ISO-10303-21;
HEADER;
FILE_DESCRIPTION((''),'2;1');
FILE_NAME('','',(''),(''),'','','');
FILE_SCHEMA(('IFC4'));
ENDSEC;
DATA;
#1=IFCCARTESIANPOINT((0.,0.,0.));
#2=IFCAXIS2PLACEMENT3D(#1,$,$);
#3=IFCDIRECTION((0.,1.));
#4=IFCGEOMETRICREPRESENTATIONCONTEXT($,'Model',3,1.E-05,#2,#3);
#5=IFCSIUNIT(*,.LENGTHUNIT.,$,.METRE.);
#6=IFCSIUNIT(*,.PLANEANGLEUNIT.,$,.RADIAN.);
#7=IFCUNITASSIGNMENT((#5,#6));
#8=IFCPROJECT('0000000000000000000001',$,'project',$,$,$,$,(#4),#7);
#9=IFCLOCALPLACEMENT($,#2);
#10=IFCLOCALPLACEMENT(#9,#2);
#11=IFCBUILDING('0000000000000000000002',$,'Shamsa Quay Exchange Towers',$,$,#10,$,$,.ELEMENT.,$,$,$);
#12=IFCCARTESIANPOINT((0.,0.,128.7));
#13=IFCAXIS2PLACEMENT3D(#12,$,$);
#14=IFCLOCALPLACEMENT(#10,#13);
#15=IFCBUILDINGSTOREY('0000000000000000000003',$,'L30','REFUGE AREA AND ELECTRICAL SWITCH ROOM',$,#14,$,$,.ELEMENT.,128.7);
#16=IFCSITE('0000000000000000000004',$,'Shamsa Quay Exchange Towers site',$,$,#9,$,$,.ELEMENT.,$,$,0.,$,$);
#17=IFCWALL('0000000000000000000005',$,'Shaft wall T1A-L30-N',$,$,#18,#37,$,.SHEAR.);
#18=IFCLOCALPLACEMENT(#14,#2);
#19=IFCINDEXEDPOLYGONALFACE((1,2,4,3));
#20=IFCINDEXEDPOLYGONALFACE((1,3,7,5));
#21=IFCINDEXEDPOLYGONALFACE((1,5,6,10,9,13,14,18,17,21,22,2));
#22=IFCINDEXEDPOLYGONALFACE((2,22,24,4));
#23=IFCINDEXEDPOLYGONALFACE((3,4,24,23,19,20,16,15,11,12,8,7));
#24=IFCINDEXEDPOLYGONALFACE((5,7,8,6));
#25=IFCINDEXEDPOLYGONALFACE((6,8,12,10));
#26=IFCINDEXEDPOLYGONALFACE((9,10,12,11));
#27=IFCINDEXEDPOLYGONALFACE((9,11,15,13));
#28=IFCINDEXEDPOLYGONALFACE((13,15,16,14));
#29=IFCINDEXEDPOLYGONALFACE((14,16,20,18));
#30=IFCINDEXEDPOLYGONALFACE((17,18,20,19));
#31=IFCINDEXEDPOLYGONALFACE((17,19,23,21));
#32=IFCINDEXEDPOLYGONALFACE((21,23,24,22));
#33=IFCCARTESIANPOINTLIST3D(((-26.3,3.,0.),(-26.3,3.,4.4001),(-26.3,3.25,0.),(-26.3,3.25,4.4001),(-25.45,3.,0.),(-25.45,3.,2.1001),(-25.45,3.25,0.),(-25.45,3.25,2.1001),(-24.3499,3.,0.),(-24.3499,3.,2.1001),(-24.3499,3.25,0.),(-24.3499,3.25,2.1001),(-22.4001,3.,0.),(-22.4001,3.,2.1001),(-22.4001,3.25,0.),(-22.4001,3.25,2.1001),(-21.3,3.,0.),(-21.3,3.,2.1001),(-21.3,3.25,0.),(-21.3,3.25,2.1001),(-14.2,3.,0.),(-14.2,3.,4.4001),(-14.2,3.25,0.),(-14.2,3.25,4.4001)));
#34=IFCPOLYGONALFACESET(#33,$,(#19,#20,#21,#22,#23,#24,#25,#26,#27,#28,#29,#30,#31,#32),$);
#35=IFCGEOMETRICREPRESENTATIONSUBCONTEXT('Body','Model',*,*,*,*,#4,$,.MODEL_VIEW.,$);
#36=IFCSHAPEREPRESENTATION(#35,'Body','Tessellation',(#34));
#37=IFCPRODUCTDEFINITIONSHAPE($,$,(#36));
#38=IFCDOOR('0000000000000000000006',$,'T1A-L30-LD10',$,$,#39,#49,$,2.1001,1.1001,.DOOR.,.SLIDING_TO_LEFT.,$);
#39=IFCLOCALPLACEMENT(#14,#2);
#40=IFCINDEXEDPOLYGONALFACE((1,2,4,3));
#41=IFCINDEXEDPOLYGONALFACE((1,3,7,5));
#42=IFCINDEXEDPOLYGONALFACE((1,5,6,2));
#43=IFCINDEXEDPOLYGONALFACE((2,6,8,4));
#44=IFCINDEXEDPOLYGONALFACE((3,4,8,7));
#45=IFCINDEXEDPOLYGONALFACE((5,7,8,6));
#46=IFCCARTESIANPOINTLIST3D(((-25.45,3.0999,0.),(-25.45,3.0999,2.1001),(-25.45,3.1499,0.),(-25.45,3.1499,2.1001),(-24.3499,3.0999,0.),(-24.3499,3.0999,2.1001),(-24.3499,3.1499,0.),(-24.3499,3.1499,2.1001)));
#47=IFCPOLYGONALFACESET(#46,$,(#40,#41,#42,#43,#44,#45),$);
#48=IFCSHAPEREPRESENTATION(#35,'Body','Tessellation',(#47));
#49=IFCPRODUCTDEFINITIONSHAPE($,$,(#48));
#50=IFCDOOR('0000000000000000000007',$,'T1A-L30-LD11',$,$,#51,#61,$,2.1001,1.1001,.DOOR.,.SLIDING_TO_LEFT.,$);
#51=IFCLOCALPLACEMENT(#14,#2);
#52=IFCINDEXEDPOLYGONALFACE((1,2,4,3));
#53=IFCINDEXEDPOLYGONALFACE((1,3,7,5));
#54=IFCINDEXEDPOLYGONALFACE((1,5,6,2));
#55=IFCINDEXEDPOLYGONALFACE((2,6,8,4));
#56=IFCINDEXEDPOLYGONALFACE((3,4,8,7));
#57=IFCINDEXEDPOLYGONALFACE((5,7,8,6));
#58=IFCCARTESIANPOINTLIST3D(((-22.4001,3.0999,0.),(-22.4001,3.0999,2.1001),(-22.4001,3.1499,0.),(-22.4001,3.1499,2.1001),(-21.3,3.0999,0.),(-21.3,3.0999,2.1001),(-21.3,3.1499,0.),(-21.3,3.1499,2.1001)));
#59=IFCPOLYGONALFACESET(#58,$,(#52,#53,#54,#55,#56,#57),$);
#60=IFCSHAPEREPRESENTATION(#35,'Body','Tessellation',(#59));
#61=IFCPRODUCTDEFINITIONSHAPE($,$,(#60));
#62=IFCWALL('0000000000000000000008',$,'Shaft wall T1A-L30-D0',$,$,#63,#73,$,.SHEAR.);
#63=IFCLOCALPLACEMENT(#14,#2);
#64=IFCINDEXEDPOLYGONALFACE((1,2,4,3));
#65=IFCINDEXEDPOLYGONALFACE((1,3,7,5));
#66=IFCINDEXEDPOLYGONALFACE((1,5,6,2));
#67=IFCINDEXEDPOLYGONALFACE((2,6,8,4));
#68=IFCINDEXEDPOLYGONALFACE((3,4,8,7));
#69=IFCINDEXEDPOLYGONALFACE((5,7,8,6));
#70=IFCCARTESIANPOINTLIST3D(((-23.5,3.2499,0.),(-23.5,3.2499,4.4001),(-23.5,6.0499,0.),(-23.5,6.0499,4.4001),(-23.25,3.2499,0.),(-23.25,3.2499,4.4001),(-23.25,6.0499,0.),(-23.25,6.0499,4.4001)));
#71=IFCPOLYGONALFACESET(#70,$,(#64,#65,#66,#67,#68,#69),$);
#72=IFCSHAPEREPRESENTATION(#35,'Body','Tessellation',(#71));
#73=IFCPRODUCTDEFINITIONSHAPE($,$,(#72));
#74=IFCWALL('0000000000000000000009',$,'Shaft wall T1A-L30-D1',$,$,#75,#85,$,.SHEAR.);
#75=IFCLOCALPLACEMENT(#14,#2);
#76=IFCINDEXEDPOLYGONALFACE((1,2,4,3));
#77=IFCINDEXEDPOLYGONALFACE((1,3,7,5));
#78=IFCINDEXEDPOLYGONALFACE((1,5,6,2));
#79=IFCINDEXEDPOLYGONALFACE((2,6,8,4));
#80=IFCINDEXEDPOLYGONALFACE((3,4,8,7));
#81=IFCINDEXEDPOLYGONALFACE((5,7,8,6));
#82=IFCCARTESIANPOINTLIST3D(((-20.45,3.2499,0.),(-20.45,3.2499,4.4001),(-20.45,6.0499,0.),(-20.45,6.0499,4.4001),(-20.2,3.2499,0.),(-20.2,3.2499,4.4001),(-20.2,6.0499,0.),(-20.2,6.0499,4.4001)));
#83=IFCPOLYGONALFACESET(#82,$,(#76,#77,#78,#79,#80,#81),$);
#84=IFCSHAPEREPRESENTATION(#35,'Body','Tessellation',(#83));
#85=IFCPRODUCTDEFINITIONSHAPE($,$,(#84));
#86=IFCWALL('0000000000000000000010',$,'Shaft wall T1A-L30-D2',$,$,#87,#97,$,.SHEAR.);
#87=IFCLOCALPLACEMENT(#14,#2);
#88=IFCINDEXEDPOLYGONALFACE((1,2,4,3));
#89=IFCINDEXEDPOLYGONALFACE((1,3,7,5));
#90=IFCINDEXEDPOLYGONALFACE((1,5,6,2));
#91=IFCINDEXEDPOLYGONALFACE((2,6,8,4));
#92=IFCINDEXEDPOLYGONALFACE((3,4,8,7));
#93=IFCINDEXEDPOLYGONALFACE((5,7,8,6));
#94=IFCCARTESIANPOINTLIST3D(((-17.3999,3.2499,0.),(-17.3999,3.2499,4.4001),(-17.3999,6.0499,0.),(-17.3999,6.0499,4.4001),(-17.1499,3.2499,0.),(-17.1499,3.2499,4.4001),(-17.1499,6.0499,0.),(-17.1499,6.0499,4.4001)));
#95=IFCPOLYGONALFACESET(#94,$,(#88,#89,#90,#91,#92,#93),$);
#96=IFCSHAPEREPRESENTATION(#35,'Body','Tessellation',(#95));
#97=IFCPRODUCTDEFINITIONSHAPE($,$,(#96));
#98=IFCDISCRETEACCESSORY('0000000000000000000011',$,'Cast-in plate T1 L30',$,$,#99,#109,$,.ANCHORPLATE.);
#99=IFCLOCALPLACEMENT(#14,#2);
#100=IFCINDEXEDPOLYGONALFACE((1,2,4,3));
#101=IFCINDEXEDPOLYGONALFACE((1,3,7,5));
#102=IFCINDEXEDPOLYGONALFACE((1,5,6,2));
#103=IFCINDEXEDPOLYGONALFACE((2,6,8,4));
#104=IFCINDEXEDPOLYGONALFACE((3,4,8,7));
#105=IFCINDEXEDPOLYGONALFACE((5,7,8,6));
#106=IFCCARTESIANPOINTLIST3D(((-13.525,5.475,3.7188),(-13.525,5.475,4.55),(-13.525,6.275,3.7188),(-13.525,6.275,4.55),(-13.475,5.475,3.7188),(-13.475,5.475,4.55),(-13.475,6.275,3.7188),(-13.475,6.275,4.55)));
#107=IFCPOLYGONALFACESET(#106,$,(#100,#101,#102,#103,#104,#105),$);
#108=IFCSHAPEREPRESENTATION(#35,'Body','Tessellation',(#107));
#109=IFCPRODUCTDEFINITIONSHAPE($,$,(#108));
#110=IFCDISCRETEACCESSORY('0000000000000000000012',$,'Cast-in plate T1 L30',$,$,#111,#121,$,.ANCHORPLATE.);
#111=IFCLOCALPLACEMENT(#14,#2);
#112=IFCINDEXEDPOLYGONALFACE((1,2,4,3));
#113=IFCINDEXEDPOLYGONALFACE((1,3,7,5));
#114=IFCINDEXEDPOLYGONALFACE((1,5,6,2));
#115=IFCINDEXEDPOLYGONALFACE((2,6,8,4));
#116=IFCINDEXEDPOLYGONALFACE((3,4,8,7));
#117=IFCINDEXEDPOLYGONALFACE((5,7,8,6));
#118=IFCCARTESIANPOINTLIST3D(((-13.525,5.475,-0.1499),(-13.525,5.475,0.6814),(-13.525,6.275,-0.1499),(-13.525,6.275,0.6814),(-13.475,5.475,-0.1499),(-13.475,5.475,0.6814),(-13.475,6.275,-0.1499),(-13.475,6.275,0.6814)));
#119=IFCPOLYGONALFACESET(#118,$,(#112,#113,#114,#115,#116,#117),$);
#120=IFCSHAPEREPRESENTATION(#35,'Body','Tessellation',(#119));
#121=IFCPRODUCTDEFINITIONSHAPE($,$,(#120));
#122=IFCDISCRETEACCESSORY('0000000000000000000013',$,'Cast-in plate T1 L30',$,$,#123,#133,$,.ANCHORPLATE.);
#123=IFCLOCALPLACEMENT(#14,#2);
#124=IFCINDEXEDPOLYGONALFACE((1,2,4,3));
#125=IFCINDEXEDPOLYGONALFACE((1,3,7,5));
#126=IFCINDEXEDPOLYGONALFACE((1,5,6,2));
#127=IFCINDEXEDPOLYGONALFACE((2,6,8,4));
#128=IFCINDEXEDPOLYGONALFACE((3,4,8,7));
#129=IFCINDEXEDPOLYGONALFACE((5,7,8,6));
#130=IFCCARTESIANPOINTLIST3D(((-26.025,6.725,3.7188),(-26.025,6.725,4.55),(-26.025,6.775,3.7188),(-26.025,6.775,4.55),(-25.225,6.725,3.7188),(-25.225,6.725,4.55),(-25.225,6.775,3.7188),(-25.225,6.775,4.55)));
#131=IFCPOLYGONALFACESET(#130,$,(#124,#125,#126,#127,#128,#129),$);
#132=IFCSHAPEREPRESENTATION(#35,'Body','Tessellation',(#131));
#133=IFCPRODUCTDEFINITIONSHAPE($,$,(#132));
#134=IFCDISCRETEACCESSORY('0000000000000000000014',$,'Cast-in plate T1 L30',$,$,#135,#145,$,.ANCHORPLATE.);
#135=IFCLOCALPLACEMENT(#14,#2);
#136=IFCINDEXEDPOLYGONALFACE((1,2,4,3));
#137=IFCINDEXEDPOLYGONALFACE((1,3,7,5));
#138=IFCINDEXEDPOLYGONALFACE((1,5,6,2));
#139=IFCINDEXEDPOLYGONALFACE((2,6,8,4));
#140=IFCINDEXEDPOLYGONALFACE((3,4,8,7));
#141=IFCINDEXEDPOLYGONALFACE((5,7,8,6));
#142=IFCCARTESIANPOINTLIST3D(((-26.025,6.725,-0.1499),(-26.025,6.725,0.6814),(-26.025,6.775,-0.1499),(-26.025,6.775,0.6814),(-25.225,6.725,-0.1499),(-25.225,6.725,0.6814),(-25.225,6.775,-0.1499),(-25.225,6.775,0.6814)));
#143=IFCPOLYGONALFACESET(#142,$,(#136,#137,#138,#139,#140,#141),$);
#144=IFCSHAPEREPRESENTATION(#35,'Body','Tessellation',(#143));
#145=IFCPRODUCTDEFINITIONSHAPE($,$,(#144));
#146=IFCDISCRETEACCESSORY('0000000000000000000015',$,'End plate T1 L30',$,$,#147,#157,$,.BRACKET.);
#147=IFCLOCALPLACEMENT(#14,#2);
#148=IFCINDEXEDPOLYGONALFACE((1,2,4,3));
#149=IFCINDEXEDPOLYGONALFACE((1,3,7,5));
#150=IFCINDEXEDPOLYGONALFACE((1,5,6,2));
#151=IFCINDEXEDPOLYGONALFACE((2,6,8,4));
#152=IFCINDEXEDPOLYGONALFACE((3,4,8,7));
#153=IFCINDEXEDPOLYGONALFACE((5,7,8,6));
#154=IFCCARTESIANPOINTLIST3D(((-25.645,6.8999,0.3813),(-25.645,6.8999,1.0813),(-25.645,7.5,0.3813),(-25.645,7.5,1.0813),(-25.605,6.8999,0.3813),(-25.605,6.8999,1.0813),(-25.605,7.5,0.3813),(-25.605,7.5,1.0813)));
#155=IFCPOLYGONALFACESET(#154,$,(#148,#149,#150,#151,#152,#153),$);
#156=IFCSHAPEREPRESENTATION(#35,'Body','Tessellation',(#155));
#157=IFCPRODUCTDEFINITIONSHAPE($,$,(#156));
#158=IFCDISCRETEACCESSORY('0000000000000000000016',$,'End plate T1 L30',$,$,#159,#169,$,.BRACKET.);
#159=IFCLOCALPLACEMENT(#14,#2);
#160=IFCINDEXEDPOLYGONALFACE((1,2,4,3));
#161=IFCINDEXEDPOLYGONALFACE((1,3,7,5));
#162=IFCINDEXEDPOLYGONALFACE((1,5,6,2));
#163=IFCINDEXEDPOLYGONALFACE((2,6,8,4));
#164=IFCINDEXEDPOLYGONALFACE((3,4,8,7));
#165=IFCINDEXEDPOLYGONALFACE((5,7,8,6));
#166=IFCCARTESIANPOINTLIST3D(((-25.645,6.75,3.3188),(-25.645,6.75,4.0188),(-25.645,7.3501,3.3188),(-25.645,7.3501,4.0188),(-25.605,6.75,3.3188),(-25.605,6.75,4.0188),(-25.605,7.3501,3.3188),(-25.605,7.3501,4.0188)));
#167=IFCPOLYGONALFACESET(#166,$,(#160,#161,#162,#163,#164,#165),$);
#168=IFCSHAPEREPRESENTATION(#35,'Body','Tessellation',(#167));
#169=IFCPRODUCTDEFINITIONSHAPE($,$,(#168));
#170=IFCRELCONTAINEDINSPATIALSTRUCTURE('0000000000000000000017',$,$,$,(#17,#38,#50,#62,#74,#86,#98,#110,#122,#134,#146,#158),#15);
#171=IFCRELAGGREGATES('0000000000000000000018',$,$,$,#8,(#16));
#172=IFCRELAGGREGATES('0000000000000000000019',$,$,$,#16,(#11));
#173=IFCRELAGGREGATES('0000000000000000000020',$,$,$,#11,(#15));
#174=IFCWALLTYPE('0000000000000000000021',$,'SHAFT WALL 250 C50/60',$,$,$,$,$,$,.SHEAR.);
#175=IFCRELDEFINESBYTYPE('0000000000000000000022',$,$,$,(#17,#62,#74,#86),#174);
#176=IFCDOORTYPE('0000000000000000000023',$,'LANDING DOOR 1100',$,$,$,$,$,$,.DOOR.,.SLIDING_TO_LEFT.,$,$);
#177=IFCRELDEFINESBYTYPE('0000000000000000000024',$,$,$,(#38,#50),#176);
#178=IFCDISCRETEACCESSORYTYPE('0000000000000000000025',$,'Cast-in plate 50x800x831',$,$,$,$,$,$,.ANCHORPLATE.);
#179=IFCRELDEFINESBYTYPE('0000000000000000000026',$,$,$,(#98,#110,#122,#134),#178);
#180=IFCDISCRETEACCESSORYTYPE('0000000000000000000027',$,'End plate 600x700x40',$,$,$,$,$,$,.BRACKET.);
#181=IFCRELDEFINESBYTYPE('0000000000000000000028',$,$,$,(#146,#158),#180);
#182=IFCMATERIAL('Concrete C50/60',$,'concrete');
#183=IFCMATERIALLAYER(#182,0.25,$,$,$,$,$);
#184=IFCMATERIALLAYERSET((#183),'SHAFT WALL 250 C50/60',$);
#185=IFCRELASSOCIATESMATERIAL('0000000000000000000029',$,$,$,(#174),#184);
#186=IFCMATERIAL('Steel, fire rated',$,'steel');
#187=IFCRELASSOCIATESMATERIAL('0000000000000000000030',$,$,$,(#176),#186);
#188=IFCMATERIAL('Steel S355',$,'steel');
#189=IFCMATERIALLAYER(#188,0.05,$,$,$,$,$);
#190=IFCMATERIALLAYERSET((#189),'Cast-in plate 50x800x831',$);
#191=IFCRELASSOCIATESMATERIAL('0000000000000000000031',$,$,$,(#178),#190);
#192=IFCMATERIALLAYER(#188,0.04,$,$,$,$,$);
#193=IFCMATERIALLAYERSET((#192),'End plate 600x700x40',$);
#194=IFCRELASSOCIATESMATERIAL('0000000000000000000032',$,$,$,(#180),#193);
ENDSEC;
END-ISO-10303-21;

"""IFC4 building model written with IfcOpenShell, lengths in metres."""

from ifc_helpers import new_model, si_unit, direction, frame, frame_2d, origin, origin_2d, place, context, subcontext, project, spatial, rectangle, extrude, material, layer, layer_set, type_object, element, fill, save


model = new_model("IFC4")

# Units and contexts
model_context = context("Model", 3, precision=1e-05, world=origin(), true_north=direction((0.0, 1.0)))
body_context = subcontext(model_context, "Body", "Model", "MODEL_VIEW")
ifc_project = project(units=[si_unit("LENGTHUNIT", "METRE"), si_unit("PLANEANGLEUNIT", "RADIAN")], contexts=[model_context])

# Site, building, storey
site_placement = place(None, origin())
site = spatial("IfcSite", under=ifc_project, at=site_placement, Name="Shamsa Quay Exchange Towers site", CompositionType="ELEMENT", RefElevation=0.0)
building_placement = place(site_placement, origin())
building = spatial("IfcBuilding", under=site, at=building_placement, Name="Shamsa Quay Exchange Towers", CompositionType="ELEMENT")
storey_placement = place(building_placement, frame((0.0, 0.0, 128.7)))
storey = spatial("IfcBuildingStorey", under=building, at=storey_placement, Name="L30", Description="REFUGE AREA AND ELECTRICAL SWITCH ROOM", CompositionType="ELEMENT", Elevation=128.7)

# Shared definitions
ifc_material_1 = material(Name="Steel S355", Category="steel")

# Wall, openings, doors
ifc_material_2 = material(Name="Steel, fire rated", Category="steel")
ifc_material_3 = material(Name="Concrete C50/60", Category="concrete")
ifc_layer_1 = layer(ifc_material_3, 0.25)
ifc_layer_set_1 = layer_set([ifc_layer_1], Name="SHAFT WALL 250 C50/60")
wall_type_1 = type_object("IfcWallType", Name="SHAFT WALL 250 C50/60", PredefinedType="SHEAR", material=ifc_layer_set_1)
wall_1_placement = place(storey_placement, frame((-26.3, 3.125, 0.0)))
wall_1 = element("IfcWall", 1, at=wall_1_placement, inside=storey, type_object=wall_type_1, Name="Shaft wall T1A-L30-N", PredefinedType="SHEAR", context=body_context, shape_type="SweptSolid", body=[
    extrude(rectangle(XDim=12.1001, YDim=0.25, at=frame_2d((6.05, 0.0))), origin(), (0.0, 0.0, 1.0), 4.4001),
])
opening_1_placement = place(wall_1_placement, frame((0.8501, 0.0, 0.0)))
opening_1 = element("IfcOpeningElement", 2, at=opening_1_placement, cuts=wall_1, PredefinedType="OPENING", context=body_context, shape_type="SweptSolid", body=[
    extrude(rectangle(XDim=1.1001, YDim=2.1001, at=frame_2d((0.55, 1.05))), frame((0.0, 0.135, 0.0), z_axis=(0.0, -1.0, 0.0), x_axis=(1.0, 0.0, 0.0)), (0.0, 0.0, 1.0), 0.27),
])
opening_2_placement = place(wall_1_placement, frame((3.8999, 0.0, 0.0)))
opening_2 = element("IfcOpeningElement", 3, at=opening_2_placement, cuts=wall_1, PredefinedType="OPENING", context=body_context, shape_type="SweptSolid", body=[
    extrude(rectangle(XDim=1.1001, YDim=2.1001, at=frame_2d((0.55, 1.05))), frame((0.0, 0.135, 0.0), z_axis=(0.0, -1.0, 0.0), x_axis=(1.0, 0.0, 0.0)), (0.0, 0.0, 1.0), 0.27),
])
door_type_1 = type_object("IfcDoorType", Name="LANDING DOOR 1100", OperationType="SLIDING_TO_LEFT", PredefinedType="DOOR", material=ifc_material_2)
door_1_placement = place(opening_1_placement, origin())
door_1 = element("IfcDoor", 4, at=door_1_placement, inside=storey, type_object=door_type_1, Name="T1A-L30-LD10", OperationType="SLIDING_TO_LEFT", OverallHeight=2.1001, OverallWidth=1.1001, PredefinedType="DOOR", context=body_context, shape_type="SweptSolid", body=[
    extrude(rectangle(XDim=1.1001, YDim=2.1001, at=frame_2d((0.55, 1.05))), frame((0.0, 0.0249, 0.0), z_axis=(0.0, -1.0, 0.0), x_axis=(1.0, 0.0, 0.0)), (0.0, 0.0, 1.0), 0.05),
])
fill(opening_1, door_1)
door_2_placement = place(opening_2_placement, origin())
door_2 = element("IfcDoor", 5, at=door_2_placement, inside=storey, type_object=door_type_1, Name="T1A-L30-LD11", OperationType="SLIDING_TO_LEFT", OverallHeight=2.1001, OverallWidth=1.1001, PredefinedType="DOOR", context=body_context, shape_type="SweptSolid", body=[
    extrude(rectangle(XDim=1.1001, YDim=2.1001, at=frame_2d((0.55, 1.05))), frame((0.0, 0.0249, 0.0), z_axis=(0.0, -1.0, 0.0), x_axis=(1.0, 0.0, 0.0)), (0.0, 0.0, 1.0), 0.05),
])
fill(opening_2, door_2)

# Walls
for number, where, z_axis, x_axis, name in (
    (6, (-23.375, 3.25, 0.0), (0.0, 0.0, 1.0), (0.0, 1.0, 0.0), "Shaft wall T1A-L30-D0"),
    (7, (-20.325, 3.25, 0.0), (0.0, 0.0, 1.0), (0.0, 1.0, 0.0), "Shaft wall T1A-L30-D1"),
    (8, (-17.2749, 3.25, 0.0), (0.0, 0.0, 1.0), (0.0, 1.0, 0.0), "Shaft wall T1A-L30-D2"),
):
    element("IfcWall", number, at=place(storey_placement, frame(where, z_axis=z_axis, x_axis=x_axis)), inside=storey, type_object=wall_type_1, Name=name, PredefinedType="SHEAR", context=body_context, shape_type="SweptSolid", body=[
        extrude(rectangle(XDim=2.8, YDim=0.25, at=frame_2d((1.3999, 0.0))), origin(), (0.0, 0.0, 1.0), 4.4001),
    ])

# Discrete accessories
ifc_layer_2 = layer(ifc_material_1, 0.05)
ifc_layer_set_2 = layer_set([ifc_layer_2], Name="Cast-in plate 50x800x831")
discrete_accessory_type_1 = type_object("IfcDiscreteAccessoryType", Name="Cast-in plate 50x800x831", PredefinedType="ANCHORPLATE", material=ifc_layer_set_2)
for number, where, z_axis, x_axis, name in (
    (9, (-13.5, 5.875, 3.7188), (0.0, 0.0, 1.0), (-1.0, 0.0, 0.0), "Cast-in plate T1 L30"),
    (10, (-13.5, 5.875, -0.1499), (0.0, 0.0, 1.0), (-1.0, 0.0, 0.0), "Cast-in plate T1 L30"),
    (11, (-25.625, 6.75, 3.7188), (0.0, 0.0, 1.0), (0.0, -1.0, 0.0), "Cast-in plate T1 L30"),
    (12, (-25.625, 6.75, -0.1499), (0.0, 0.0, 1.0), (0.0, -1.0, 0.0), "Cast-in plate T1 L30"),
):
    element("IfcDiscreteAccessory", number, at=place(storey_placement, frame(where, z_axis=z_axis, x_axis=x_axis)), inside=storey, type_object=discrete_accessory_type_1, Name=name, PredefinedType="ANCHORPLATE", context=body_context, shape_type="SweptSolid", body=[
        extrude(rectangle(XDim=0.05, YDim=0.8, at=origin_2d()), origin(), (0.0, 0.0, 1.0), 0.8313),
    ])
ifc_layer_3 = layer(ifc_material_1, 0.04)
ifc_layer_set_3 = layer_set([ifc_layer_3], Name="End plate 600x700x40")
discrete_accessory_type_2 = type_object("IfcDiscreteAccessoryType", Name="End plate 600x700x40", PredefinedType="BRACKET", material=ifc_layer_set_3)
for number, where, z_axis, x_axis, name in (
    (13, (-25.625, 7.2, 0.3813), (0.0, 0.0, 1.0), (0.0, -1.0, 0.0), "End plate T1 L30"),
    (14, (-25.625, 7.05, 3.3188), (0.0, 0.0, 1.0), (0.0, -1.0, 0.0), "End plate T1 L30"),
):
    element("IfcDiscreteAccessory", number, at=place(storey_placement, frame(where, z_axis=z_axis, x_axis=x_axis)), inside=storey, type_object=discrete_accessory_type_2, Name=name, PredefinedType="BRACKET", context=body_context, shape_type="SweptSolid", body=[
        extrude(rectangle(XDim=0.6001, YDim=0.04, at=origin_2d()), origin(), (0.0, 0.0, 1.0), 0.7),
    ])

save(model, "model.ifc")
